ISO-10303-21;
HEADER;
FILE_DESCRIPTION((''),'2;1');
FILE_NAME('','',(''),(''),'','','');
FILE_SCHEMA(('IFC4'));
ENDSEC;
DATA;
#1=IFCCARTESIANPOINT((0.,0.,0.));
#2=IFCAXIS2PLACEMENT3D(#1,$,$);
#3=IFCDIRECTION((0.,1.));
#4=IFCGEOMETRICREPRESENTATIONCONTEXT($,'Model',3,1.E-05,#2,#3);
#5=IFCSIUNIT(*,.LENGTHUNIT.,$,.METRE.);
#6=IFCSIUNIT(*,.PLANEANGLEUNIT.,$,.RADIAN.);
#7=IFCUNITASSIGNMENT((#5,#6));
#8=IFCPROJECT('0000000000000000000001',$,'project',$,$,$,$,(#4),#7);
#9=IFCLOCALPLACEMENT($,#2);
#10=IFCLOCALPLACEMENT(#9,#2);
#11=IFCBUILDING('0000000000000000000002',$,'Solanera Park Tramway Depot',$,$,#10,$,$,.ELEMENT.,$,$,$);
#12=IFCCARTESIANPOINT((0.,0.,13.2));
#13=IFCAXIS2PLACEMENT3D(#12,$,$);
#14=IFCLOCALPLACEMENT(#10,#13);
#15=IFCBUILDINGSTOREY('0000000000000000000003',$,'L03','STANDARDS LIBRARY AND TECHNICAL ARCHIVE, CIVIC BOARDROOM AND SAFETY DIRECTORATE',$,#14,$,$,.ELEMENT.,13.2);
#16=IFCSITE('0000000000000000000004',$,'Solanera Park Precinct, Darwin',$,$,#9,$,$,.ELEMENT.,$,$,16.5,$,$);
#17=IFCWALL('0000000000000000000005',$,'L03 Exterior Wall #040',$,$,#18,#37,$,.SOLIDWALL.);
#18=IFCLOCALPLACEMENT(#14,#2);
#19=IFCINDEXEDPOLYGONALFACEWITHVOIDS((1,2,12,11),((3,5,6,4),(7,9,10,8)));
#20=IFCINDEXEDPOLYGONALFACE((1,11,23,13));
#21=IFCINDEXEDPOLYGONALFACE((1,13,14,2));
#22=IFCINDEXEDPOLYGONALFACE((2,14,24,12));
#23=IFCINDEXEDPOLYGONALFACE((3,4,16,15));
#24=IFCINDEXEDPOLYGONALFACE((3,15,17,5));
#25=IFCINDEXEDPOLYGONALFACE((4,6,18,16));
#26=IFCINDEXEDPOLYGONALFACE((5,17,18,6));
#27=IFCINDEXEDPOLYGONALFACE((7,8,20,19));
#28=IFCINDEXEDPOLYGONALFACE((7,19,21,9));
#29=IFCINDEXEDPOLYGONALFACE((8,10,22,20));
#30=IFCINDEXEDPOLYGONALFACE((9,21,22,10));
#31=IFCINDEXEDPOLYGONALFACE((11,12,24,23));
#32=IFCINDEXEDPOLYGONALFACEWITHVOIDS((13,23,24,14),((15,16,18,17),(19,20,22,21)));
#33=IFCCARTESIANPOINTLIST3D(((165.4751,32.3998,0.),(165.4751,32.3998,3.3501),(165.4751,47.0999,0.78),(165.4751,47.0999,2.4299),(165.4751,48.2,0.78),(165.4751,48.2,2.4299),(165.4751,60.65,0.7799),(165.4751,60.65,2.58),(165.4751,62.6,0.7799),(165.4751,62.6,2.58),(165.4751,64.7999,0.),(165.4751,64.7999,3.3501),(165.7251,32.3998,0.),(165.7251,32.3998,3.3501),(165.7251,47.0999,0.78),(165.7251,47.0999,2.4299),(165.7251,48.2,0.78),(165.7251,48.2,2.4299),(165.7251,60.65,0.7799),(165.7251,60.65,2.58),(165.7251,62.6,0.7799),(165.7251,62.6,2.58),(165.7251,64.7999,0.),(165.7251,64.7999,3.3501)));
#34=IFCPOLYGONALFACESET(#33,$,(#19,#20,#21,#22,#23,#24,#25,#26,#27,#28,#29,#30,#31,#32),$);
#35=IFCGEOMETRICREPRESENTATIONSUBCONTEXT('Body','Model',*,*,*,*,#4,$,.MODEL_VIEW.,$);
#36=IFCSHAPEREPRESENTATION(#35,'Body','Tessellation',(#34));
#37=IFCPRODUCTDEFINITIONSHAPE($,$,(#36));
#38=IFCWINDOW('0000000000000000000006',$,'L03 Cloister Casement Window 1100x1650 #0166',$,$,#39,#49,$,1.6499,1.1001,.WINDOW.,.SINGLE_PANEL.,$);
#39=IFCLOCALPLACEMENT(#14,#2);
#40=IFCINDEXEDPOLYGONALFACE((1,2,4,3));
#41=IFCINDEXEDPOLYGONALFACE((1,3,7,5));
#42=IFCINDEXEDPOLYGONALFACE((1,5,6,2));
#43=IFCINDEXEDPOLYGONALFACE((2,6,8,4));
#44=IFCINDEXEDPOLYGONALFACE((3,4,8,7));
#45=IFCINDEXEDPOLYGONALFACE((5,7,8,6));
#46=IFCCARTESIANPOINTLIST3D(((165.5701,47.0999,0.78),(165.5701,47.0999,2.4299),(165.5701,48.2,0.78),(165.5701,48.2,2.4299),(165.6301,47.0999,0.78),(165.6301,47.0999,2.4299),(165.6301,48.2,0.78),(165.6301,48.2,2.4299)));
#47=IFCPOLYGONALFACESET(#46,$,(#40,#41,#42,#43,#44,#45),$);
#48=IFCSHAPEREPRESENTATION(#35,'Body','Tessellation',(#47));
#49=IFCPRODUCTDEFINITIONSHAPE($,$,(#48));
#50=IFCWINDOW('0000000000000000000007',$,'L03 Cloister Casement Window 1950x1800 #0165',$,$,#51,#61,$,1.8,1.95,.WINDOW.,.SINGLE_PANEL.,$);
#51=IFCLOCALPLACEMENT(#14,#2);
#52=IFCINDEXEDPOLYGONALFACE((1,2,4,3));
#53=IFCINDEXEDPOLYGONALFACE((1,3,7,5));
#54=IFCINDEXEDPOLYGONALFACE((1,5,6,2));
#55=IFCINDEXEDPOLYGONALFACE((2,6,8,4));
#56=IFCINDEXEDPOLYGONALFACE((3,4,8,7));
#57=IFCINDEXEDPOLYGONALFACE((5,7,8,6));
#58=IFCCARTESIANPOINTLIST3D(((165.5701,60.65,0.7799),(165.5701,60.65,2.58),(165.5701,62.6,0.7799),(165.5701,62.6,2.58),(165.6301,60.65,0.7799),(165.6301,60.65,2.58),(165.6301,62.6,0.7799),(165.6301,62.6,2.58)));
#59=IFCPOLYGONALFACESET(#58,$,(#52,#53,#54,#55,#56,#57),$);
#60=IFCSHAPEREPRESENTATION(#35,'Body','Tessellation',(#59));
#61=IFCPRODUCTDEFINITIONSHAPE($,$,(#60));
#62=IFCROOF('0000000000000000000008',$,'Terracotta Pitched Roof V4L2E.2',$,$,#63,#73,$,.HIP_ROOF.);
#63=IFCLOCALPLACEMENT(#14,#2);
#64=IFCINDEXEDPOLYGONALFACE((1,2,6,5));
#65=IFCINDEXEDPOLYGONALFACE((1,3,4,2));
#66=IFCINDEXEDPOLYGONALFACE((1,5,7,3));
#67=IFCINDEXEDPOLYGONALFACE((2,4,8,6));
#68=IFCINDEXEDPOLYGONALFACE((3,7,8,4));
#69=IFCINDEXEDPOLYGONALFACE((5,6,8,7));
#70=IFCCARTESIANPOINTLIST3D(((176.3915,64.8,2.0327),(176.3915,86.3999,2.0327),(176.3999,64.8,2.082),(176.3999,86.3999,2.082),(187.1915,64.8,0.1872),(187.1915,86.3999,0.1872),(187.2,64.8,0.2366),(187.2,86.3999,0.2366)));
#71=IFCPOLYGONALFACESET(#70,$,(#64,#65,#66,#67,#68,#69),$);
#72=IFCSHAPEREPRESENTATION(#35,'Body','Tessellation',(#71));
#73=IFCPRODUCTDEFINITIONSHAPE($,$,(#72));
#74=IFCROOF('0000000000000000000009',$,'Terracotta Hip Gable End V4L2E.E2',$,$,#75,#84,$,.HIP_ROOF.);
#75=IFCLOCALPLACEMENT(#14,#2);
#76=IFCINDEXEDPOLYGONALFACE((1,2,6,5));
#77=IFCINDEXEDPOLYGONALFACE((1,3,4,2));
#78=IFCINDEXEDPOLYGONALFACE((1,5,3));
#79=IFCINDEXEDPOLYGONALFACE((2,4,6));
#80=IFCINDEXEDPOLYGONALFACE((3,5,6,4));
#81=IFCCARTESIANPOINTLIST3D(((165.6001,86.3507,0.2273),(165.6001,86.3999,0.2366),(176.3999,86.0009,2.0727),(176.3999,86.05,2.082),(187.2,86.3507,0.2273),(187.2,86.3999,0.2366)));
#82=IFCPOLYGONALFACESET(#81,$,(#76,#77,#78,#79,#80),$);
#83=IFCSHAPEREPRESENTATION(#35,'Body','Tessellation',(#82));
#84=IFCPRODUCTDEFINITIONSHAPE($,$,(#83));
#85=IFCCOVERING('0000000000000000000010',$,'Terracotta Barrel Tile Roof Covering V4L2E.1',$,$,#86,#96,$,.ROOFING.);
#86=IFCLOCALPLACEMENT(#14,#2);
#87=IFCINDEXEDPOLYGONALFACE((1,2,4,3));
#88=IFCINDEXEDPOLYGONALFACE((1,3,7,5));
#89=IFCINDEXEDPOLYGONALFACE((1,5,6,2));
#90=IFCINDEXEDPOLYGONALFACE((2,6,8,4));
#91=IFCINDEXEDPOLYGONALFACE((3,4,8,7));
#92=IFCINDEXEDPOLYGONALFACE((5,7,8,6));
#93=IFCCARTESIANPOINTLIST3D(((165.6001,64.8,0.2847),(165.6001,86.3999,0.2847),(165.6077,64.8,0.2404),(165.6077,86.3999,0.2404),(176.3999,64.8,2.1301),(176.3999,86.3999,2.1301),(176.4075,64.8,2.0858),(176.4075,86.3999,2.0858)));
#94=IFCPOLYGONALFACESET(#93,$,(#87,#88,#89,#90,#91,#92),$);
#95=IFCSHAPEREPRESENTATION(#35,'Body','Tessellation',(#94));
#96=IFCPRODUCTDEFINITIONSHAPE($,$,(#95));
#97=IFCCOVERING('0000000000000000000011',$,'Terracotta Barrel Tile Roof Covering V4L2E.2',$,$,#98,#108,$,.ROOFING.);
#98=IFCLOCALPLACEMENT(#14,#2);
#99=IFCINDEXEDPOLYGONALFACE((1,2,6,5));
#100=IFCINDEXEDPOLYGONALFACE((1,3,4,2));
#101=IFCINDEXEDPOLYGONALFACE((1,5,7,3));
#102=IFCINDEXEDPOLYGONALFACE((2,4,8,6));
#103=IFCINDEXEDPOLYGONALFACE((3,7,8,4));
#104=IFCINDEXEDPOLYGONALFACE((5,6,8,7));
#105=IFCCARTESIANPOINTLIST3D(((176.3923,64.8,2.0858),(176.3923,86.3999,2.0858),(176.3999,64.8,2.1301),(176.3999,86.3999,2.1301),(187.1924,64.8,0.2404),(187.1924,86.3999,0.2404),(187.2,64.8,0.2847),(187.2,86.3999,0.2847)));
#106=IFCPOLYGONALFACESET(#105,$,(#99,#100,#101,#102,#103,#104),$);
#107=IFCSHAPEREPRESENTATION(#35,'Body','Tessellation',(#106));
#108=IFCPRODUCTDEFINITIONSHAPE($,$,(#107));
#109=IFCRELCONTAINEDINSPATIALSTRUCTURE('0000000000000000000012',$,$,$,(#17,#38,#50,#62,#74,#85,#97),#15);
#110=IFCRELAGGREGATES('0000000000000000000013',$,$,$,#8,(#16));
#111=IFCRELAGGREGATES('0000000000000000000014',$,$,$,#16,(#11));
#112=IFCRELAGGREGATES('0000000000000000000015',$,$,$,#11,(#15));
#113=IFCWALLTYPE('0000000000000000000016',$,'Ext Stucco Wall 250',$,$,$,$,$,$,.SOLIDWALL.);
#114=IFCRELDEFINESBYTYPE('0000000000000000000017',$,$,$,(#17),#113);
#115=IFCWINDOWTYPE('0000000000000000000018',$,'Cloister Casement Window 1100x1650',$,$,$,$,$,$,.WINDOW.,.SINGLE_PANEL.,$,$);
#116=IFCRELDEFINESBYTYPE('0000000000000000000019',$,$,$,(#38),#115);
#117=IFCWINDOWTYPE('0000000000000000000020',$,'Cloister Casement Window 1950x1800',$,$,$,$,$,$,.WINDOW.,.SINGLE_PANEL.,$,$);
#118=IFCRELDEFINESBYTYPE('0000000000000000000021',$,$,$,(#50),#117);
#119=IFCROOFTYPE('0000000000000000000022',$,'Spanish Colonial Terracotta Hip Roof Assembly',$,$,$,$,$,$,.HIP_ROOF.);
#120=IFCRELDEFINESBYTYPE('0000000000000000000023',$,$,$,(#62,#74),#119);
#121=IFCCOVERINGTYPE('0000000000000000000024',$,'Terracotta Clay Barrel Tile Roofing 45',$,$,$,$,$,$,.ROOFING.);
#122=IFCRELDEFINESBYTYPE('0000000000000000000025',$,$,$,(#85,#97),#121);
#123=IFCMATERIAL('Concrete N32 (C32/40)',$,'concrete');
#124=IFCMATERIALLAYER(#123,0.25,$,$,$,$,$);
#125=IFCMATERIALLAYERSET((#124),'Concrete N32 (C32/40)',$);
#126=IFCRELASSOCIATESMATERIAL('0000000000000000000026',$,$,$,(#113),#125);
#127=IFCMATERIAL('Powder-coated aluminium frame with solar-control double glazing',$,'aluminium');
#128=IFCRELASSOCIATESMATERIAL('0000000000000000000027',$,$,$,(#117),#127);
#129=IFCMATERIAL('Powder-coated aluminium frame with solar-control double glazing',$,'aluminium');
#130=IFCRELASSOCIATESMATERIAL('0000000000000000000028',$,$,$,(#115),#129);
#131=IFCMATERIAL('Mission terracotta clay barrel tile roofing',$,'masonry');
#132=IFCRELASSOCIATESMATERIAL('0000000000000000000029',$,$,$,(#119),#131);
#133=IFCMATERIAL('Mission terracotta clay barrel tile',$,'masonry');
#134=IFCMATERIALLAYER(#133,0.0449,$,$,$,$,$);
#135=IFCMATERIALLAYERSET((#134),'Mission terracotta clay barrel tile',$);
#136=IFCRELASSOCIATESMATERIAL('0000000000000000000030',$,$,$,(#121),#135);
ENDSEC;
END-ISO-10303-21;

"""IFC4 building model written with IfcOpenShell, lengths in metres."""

from ifc_helpers import new_model, si_unit, direction, frame, frame_2d, origin, place, context, subcontext, project, spatial, polyline, rectangle, outline, extrude, material, layer, layer_set, type_object, element, fill, save


model = new_model("IFC4")

# Units and contexts
model_context = context("Model", 3, precision=1e-05, world=origin(), true_north=direction((0.0, 1.0)))
body_context = subcontext(model_context, "Body", "Model", "MODEL_VIEW")
ifc_project = project(units=[si_unit("LENGTHUNIT", "METRE"), si_unit("PLANEANGLEUNIT", "RADIAN")], contexts=[model_context])

# Site, building, storey
site_placement = place(None, origin())
site = spatial("IfcSite", under=ifc_project, at=site_placement, Name="Solanera Park Precinct, Darwin", CompositionType="ELEMENT", RefElevation=16.5)
building_placement = place(site_placement, origin())
building = spatial("IfcBuilding", under=site, at=building_placement, Name="Solanera Park Tramway Depot", CompositionType="ELEMENT")
storey_placement = place(building_placement, frame((0.0, 0.0, 13.2)))
storey = spatial("IfcBuildingStorey", under=building, at=storey_placement, Name="L03", Description="STANDARDS LIBRARY AND TECHNICAL ARCHIVE, CIVIC BOARDROOM AND SAFETY DIRECTORATE", CompositionType="ELEMENT", Elevation=13.2)

# Wall, openings, windows
ifc_material_1 = material(Name="Concrete N32 (C32/40)", Category="concrete")
ifc_layer_1 = layer(ifc_material_1, 0.25)
ifc_layer_set_1 = layer_set([ifc_layer_1], Name="Concrete N32 (C32/40)")
wall_type = type_object("IfcWallType", Name="Ext Stucco Wall 250", PredefinedType="SOLIDWALL", material=ifc_layer_set_1)
ifc_material_2 = material(Name="Powder-coated aluminium frame with solar-control double glazing", Category="aluminium")
window_type_1 = type_object("IfcWindowType", Name="Cloister Casement Window 1950x1800", PartitioningType="SINGLE_PANEL", PredefinedType="WINDOW", material=ifc_material_2)
wall_1_placement = place(storey_placement, frame((165.6001, 64.8, 0.0), z_axis=(0.0, 0.0, 1.0), x_axis=(0.0, -1.0, 0.0)))
wall_1 = element("IfcWall", 1, at=wall_1_placement, inside=storey, type_object=wall_type, Name="L03 Exterior Wall #040", PredefinedType="SOLIDWALL", context=body_context, shape_type="SweptSolid", body=[
    extrude(rectangle(XDim=32.4001, YDim=0.25, at=frame_2d((16.2002, 0.0))), origin(), (0.0, 0.0, 1.0), 3.3501),
])
opening_1_placement = place(wall_1_placement, frame((2.2, 0.0, 0.78)))
opening_1 = element("IfcOpeningElement", 2, at=opening_1_placement, cuts=wall_1, PredefinedType="OPENING", context=body_context, shape_type="SweptSolid", body=[
    extrude(rectangle(XDim=1.95, YDim=1.8, at=frame_2d((0.9751, 0.8999))), frame((0.0, 0.135, 0.0), z_axis=(0.0, -1.0, 0.0), x_axis=(1.0, 0.0, 0.0)), (0.0, 0.0, 1.0), 0.27),
])
opening_2_placement = place(wall_1_placement, frame((16.6001, 0.0, 0.78)))
opening_2 = element("IfcOpeningElement", 3, at=opening_2_placement, cuts=wall_1, PredefinedType="OPENING", context=body_context, shape_type="SweptSolid", body=[
    extrude(rectangle(XDim=1.1001, YDim=1.6499, at=frame_2d((0.55, 0.825))), frame((0.0, 0.135, 0.0), z_axis=(0.0, -1.0, 0.0), x_axis=(1.0, 0.0, 0.0)), (0.0, 0.0, 1.0), 0.27),
])
ifc_material_3 = material(Name="Powder-coated aluminium frame with solar-control double glazing", Category="aluminium")
window_type_2 = type_object("IfcWindowType", Name="Cloister Casement Window 1100x1650", PartitioningType="SINGLE_PANEL", PredefinedType="WINDOW", material=ifc_material_3)
window_1_placement = place(opening_2_placement, origin())
window_1 = element("IfcWindow", 4, at=window_1_placement, inside=storey, type_object=window_type_2, Name="L03 Cloister Casement Window 1100x1650 #0166", OverallHeight=1.6499, OverallWidth=1.1001, PartitioningType="SINGLE_PANEL", PredefinedType="WINDOW", context=body_context, shape_type="SweptSolid", body=[
    extrude(rectangle(XDim=1.1001, YDim=1.6499, at=frame_2d((0.55, 0.825))), frame((0.0, 0.03, 0.0), z_axis=(0.0, -1.0, 0.0), x_axis=(1.0, 0.0, 0.0)), (0.0, 0.0, 1.0), 0.0601),
])
fill(opening_2, window_1)
window_2_placement = place(opening_1_placement, origin())
window_2 = element("IfcWindow", 5, at=window_2_placement, inside=storey, type_object=window_type_1, Name="L03 Cloister Casement Window 1950x1800 #0165", OverallHeight=1.8, OverallWidth=1.95, PartitioningType="SINGLE_PANEL", PredefinedType="WINDOW", context=body_context, shape_type="SweptSolid", body=[
    extrude(rectangle(XDim=1.95, YDim=1.8, at=frame_2d((0.9751, 0.8999))), frame((0.0, 0.03, 0.0), z_axis=(0.0, -1.0, 0.0), x_axis=(1.0, 0.0, 0.0)), (0.0, 0.0, 1.0), 0.0601),
])
fill(opening_1, window_2)

# Roofs
ifc_material_4 = material(Name="Mission terracotta clay barrel tile roofing", Category="masonry")
roof_type = type_object("IfcRoofType", Name="Spanish Colonial Terracotta Hip Roof Assembly", PredefinedType="HIP_ROOF", material=ifc_material_4)
roof_1_placement = place(storey_placement, frame((176.3999, 64.8, 2.082), z_axis=(0.168434, 0.0, 0.985713), x_axis=(0.985713, 0.0, -0.168434)))
element("IfcRoof", 6, at=roof_1_placement, inside=storey, type_object=roof_type, Name="Terracotta Pitched Roof V4L2E.2", PredefinedType="HIP_ROOF", context=body_context, shape_type="SweptSolid", body=[
    extrude(outline(polyline([(0.0, 0.0), (10.9566, 0.0), (10.9566, 21.5999), (0.0, 21.5999), (0.0, 0.0)])), origin(), (0.0, 0.0, -1.0), 0.05),
])
roof_2_placement = place(storey_placement, frame((187.2, 86.3999, 0.2366), z_axis=(0.0, 0.982501, 0.186258), x_axis=(-1.0, 0.0, 0.0)))
element("IfcRoof", 7, at=roof_2_placement, inside=storey, type_object=roof_type, Name="Terracotta Hip Gable End V4L2E.E2", PredefinedType="HIP_ROOF", context=body_context, shape_type="SweptSolid", body=[
    extrude(outline(polyline([(0.0, 0.0), (21.5999, 0.0), (10.8, 1.8783), (0.0, 0.0)])), origin(), (0.0, 0.0, -1.0), 0.05),
])

# Coverings
ifc_material_5 = material(Name="Mission terracotta clay barrel tile", Category="masonry")
ifc_layer_2 = layer(ifc_material_5, 0.0449)
ifc_layer_set_2 = layer_set([ifc_layer_2], Name="Mission terracotta clay barrel tile")
covering_type = type_object("IfcCoveringType", Name="Terracotta Clay Barrel Tile Roofing 45", PredefinedType="ROOFING", material=ifc_layer_set_2)
covering_1_placement = place(storey_placement, frame((165.6001, 64.8, 0.2847), z_axis=(-0.168437, 0.0, 0.985712), x_axis=(0.985712, 0.0, 0.168437)))
element("IfcCovering", 8, at=covering_1_placement, inside=storey, type_object=covering_type, Name="Terracotta Barrel Tile Roof Covering V4L2E.1", PredefinedType="ROOFING", context=body_context, shape_type="SweptSolid", body=[
    extrude(outline(polyline([(0.0, 0.0), (10.9563, 0.0), (10.9563, 21.5999), (0.0, 21.5999), (0.0, 0.0)])), origin(), (0.0, 0.0, -1.0), 0.0449),
])
covering_2_placement = place(storey_placement, frame((176.3999, 64.8, 2.1301), z_axis=(0.168434, 0.0, 0.985713), x_axis=(0.985713, 0.0, -0.168434)))
element("IfcCovering", 9, at=covering_2_placement, inside=storey, type_object=covering_type, Name="Terracotta Barrel Tile Roof Covering V4L2E.2", PredefinedType="ROOFING", context=body_context, shape_type="SweptSolid", body=[
    extrude(outline(polyline([(0.0, 0.0), (10.9566, 0.0), (10.9566, 21.5999), (0.0, 21.5999), (0.0, 0.0)])), origin(), (0.0, 0.0, -1.0), 0.0449),
])

save(model, "model.ifc")
